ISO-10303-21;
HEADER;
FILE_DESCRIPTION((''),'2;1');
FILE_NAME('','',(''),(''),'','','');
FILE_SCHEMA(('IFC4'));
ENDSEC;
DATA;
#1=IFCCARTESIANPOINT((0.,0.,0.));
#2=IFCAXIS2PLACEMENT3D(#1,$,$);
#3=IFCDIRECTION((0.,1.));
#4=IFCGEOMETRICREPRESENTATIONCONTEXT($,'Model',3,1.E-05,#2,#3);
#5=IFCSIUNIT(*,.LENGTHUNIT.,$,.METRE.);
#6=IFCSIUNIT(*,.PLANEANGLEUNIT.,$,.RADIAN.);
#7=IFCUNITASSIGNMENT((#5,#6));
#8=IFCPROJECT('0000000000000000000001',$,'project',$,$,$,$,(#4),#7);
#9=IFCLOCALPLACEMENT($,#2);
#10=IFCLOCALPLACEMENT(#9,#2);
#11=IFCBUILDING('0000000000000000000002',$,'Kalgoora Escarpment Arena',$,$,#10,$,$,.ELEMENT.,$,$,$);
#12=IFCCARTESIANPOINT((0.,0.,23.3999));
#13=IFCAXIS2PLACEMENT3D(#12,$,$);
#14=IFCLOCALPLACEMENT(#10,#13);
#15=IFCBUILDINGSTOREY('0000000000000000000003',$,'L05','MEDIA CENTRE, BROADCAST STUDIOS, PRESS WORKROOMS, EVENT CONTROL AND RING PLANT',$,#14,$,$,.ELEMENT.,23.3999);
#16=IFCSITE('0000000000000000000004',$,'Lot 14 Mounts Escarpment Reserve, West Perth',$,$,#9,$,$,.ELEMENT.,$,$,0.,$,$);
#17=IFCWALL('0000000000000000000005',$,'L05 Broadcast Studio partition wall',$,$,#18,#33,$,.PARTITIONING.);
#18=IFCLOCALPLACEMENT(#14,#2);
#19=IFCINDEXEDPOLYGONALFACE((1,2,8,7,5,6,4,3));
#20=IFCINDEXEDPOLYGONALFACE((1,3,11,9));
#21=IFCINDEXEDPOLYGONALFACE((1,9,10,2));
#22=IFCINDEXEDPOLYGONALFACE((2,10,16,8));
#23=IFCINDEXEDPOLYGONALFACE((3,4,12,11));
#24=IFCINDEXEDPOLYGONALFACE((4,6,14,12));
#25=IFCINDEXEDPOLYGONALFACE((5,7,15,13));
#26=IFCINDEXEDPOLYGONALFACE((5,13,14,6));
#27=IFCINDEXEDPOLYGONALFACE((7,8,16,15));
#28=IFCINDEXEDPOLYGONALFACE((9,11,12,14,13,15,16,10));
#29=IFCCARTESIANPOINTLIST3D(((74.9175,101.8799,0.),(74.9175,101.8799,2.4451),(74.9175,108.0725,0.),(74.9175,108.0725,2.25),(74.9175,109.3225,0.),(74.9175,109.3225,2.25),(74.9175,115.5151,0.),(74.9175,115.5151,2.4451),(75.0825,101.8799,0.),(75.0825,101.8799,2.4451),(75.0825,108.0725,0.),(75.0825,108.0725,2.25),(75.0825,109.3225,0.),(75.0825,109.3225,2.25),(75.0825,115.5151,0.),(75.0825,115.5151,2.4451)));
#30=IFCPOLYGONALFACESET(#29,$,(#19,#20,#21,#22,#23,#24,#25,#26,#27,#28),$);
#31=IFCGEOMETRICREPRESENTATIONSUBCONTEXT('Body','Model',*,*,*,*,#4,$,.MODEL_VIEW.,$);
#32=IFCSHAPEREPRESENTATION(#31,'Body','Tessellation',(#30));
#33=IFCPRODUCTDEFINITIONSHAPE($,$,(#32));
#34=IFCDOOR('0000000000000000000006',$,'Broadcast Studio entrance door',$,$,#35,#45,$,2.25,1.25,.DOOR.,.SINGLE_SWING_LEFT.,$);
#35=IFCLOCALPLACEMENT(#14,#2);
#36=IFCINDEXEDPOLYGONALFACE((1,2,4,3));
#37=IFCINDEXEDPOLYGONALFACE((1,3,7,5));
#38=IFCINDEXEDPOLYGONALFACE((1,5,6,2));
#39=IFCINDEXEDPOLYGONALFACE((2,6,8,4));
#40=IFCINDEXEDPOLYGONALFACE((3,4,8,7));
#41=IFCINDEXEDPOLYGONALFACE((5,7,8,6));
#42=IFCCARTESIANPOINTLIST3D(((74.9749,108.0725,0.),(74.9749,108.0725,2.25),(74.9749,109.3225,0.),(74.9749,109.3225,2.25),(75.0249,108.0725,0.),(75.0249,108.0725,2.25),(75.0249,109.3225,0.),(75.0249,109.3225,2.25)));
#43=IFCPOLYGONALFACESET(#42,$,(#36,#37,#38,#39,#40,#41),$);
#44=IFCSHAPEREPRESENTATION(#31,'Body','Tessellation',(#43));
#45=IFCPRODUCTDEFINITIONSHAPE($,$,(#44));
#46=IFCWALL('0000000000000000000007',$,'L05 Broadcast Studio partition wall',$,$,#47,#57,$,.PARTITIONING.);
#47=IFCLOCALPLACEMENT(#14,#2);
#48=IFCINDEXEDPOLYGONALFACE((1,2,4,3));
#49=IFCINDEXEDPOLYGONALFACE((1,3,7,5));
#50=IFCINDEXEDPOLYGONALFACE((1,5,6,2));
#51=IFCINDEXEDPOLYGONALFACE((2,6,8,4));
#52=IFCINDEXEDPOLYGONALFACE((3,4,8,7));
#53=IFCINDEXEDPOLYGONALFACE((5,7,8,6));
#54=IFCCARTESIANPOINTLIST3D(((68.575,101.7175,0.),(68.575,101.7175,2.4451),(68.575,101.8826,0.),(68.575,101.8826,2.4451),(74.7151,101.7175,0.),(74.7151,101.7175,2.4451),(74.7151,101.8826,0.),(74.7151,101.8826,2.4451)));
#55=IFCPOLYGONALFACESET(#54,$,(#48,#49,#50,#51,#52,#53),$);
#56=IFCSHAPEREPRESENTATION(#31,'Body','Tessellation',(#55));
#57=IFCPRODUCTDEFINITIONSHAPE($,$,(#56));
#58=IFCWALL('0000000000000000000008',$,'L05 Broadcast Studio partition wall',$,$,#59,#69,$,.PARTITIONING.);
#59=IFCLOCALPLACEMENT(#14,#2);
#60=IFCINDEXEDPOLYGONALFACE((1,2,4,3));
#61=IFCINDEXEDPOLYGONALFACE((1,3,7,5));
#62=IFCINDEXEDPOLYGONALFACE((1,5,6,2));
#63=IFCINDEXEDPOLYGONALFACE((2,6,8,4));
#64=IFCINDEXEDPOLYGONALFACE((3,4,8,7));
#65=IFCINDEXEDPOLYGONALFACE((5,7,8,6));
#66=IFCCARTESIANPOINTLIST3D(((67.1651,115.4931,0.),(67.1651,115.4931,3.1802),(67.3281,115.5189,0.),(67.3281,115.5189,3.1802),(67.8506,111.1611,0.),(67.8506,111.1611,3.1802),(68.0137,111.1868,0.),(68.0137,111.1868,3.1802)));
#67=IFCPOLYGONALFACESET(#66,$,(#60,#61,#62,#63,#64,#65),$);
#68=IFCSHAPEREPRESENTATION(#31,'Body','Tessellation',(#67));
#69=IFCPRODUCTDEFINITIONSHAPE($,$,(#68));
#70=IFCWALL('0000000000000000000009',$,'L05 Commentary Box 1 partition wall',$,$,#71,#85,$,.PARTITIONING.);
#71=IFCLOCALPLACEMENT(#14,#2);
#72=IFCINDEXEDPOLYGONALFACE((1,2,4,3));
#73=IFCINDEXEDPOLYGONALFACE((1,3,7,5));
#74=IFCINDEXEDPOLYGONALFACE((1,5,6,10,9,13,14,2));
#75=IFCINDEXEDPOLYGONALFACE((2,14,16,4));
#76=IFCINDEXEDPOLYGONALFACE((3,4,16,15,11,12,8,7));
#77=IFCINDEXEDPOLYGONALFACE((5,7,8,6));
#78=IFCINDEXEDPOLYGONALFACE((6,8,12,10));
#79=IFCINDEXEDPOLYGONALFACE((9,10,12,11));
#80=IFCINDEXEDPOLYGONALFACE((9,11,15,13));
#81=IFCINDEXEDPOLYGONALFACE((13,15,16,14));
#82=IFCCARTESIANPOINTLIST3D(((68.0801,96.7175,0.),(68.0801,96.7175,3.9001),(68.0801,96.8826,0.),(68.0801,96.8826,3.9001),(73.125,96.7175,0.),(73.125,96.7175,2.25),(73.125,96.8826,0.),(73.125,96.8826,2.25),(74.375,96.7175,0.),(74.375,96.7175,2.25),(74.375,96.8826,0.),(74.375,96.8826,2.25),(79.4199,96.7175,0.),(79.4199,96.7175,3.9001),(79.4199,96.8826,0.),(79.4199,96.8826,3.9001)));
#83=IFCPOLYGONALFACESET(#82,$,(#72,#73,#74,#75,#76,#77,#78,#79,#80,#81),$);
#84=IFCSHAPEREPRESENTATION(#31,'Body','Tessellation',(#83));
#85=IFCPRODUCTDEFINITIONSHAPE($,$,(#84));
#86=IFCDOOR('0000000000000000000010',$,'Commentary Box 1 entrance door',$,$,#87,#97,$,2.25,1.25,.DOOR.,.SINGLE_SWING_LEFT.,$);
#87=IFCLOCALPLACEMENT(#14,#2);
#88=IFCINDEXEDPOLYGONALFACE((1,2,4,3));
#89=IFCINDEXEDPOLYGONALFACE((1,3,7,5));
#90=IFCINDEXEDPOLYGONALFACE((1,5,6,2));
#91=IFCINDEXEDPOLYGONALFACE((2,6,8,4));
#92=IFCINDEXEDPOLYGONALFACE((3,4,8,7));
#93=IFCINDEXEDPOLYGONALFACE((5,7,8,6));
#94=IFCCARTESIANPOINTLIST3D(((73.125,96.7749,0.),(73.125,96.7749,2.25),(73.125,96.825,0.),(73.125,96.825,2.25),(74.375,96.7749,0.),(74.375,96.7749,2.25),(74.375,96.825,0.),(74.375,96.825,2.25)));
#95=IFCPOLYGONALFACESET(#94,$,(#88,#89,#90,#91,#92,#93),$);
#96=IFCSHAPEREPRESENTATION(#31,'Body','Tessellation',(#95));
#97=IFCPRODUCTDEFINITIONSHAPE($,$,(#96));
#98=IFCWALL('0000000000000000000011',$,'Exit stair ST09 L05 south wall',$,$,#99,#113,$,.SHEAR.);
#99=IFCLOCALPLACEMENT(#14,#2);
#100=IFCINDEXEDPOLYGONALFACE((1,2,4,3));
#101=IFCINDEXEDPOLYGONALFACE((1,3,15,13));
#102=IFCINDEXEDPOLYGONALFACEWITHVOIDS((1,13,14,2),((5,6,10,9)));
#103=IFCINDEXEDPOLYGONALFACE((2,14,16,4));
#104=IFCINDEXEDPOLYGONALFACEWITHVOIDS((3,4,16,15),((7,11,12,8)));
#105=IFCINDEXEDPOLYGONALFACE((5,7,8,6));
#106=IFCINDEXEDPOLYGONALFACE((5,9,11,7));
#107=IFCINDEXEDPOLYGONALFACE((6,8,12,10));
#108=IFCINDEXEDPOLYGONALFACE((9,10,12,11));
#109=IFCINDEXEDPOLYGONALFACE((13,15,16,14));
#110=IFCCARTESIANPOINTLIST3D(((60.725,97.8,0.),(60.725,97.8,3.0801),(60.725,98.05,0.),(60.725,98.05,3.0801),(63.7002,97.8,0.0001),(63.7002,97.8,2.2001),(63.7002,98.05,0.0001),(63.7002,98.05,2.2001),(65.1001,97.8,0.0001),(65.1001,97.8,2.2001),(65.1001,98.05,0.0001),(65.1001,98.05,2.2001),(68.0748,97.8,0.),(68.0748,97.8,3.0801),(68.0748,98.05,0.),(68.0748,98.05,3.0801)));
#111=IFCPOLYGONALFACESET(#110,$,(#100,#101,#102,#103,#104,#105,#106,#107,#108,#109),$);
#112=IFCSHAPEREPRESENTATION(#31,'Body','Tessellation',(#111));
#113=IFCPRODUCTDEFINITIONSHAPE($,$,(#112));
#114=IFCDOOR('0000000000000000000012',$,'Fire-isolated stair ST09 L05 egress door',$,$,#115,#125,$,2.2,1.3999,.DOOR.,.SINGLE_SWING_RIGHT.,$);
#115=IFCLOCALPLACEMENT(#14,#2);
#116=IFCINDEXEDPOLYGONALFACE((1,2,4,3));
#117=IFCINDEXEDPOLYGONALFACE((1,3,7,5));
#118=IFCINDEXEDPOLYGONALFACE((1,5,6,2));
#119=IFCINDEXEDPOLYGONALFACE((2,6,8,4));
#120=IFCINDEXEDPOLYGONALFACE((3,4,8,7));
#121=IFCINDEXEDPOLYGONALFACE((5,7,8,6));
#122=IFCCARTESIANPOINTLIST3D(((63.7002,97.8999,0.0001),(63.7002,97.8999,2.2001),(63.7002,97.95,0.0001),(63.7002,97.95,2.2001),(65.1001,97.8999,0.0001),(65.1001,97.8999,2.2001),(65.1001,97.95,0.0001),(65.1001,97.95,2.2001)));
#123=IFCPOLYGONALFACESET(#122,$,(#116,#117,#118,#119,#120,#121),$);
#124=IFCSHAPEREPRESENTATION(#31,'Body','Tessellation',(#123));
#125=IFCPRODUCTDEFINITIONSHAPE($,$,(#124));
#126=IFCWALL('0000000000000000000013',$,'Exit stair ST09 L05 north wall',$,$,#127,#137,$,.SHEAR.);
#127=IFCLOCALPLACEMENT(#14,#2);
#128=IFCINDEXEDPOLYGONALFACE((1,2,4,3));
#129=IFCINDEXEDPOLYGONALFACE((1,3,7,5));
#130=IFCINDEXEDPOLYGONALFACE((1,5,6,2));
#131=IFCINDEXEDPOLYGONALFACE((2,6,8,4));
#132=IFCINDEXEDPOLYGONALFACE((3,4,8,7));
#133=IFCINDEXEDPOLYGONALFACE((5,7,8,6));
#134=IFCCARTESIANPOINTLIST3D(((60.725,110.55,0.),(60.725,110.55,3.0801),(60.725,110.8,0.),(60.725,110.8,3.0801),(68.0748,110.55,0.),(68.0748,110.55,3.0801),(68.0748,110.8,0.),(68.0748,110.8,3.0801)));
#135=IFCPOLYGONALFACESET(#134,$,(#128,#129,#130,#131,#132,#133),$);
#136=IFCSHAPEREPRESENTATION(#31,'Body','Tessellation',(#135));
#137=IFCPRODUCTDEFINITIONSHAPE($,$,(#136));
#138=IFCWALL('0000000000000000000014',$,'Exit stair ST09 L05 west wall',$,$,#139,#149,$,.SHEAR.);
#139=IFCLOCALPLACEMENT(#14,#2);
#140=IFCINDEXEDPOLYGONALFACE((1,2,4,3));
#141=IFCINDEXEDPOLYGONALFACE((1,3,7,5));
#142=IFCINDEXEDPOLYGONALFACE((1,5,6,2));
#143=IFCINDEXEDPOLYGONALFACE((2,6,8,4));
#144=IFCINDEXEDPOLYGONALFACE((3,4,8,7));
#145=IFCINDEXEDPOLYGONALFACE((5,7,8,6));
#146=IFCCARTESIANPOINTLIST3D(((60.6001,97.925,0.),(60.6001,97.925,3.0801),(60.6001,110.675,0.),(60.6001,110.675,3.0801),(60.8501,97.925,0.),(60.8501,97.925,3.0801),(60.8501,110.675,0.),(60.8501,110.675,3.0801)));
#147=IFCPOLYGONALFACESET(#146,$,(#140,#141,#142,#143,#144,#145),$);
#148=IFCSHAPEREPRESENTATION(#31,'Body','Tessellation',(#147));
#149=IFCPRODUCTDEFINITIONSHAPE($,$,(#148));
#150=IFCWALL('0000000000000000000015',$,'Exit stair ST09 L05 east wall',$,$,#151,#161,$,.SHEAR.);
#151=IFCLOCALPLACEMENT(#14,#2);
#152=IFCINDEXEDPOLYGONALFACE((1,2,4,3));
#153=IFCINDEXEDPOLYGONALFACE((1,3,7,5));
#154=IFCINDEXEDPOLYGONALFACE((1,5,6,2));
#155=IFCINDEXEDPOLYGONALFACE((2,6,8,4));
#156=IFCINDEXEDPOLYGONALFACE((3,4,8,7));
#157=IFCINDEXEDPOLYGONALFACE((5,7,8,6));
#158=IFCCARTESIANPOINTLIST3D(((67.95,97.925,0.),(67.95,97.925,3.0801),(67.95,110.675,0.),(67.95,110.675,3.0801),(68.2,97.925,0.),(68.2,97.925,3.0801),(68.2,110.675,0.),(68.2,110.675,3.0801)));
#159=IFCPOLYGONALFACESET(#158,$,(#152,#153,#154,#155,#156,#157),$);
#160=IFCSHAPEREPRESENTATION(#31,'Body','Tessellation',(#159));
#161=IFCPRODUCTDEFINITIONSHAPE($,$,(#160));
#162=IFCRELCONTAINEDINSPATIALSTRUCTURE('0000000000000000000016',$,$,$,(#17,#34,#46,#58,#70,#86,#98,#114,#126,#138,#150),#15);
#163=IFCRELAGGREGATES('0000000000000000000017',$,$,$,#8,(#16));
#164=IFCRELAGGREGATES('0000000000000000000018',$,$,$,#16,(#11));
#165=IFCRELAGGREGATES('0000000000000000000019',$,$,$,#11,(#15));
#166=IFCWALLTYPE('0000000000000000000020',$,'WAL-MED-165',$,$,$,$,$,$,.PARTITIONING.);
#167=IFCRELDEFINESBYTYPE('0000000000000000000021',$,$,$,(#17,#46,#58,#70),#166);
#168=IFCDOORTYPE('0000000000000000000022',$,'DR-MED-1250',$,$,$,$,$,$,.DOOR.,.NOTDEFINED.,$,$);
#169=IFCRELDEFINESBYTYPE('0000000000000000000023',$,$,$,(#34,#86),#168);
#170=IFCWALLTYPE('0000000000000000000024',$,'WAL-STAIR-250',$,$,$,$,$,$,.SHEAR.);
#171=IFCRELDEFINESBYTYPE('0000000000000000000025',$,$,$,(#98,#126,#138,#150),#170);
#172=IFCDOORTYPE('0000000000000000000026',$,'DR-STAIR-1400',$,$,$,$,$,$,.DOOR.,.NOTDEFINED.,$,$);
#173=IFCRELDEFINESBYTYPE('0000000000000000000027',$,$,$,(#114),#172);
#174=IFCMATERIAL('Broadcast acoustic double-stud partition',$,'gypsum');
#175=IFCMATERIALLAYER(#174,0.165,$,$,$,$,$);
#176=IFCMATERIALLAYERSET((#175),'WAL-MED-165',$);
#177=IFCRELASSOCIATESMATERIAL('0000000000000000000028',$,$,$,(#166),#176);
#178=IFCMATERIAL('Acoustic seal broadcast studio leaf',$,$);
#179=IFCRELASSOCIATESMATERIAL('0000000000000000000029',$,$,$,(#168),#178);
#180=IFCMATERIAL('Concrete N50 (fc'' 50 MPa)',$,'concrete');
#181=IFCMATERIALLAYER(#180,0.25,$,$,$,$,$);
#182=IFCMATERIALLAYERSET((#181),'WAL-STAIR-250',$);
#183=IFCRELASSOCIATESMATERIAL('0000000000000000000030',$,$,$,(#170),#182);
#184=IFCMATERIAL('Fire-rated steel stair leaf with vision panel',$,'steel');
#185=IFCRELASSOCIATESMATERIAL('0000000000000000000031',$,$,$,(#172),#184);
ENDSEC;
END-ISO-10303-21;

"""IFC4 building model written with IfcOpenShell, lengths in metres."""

from ifc_helpers import new_model, si_unit, direction, frame, frame_2d, origin, place, context, subcontext, project, spatial, rectangle, extrude, material, layer, layer_set, type_object, element, fill, save


model = new_model("IFC4")

# Units and contexts
model_context = context("Model", 3, precision=1e-05, world=origin(), true_north=direction((0.0, 1.0)))
body_context = subcontext(model_context, "Body", "Model", "MODEL_VIEW")
ifc_project = project(units=[si_unit("LENGTHUNIT", "METRE"), si_unit("PLANEANGLEUNIT", "RADIAN")], contexts=[model_context])

# Site, building, storey
site_placement = place(None, origin())
site = spatial("IfcSite", under=ifc_project, at=site_placement, Name="Lot 14 Mounts Escarpment Reserve, West Perth", CompositionType="ELEMENT", RefElevation=0.0)
building_placement = place(site_placement, origin())
building = spatial("IfcBuilding", under=site, at=building_placement, Name="Kalgoora Escarpment Arena", CompositionType="ELEMENT")
storey_placement = place(building_placement, frame((0.0, 0.0, 23.3999)))
storey = spatial("IfcBuildingStorey", under=building, at=storey_placement, Name="L05", Description="MEDIA CENTRE, BROADCAST STUDIOS, PRESS WORKROOMS, EVENT CONTROL AND RING PLANT", CompositionType="ELEMENT", Elevation=23.3999)

# Shared definitions
ifc_material_1 = material(Name="Broadcast acoustic double-stud partition", Category="gypsum")
ifc_layer_1 = layer(ifc_material_1, 0.165)
ifc_layer_set_1 = layer_set([ifc_layer_1], Name="WAL-MED-165")
wall_type_1 = type_object("IfcWallType", Name="WAL-MED-165", PredefinedType="PARTITIONING", material=ifc_layer_set_1)

# Wall, opening, door
wall_1_placement = place(storey_placement, frame((75.0, 115.5151, 0.0), z_axis=(0.0, 0.0, 1.0), x_axis=(0.0, -1.0, 0.0)))
wall_1 = element("IfcWall", 1, at=wall_1_placement, inside=storey, type_object=wall_type_1, Name="L05 Broadcast Studio partition wall", PredefinedType="PARTITIONING", context=body_context, shape_type="SweptSolid", body=[
    extrude(rectangle(XDim=13.6353, YDim=0.165, at=frame_2d((6.8176, 0.0))), origin(), (0.0, 0.0, 1.0), 2.4451),
])
opening_1_placement = place(wall_1_placement, frame((6.1926, 0.0, 0.0)))
opening_1 = element("IfcOpeningElement", 2, at=opening_1_placement, cuts=wall_1, PredefinedType="OPENING", context=body_context, shape_type="SweptSolid", body=[
    extrude(rectangle(XDim=1.25, YDim=2.25, at=frame_2d((0.625, 1.125))), frame((0.0, 0.0925, 0.0), z_axis=(0.0, -1.0, 0.0), x_axis=(1.0, 0.0, 0.0)), (0.0, 0.0, 1.0), 0.1851),
])
ifc_material_2 = material(Name="Acoustic seal broadcast studio leaf")
door_type_1 = type_object("IfcDoorType", Name="DR-MED-1250", OperationType="NOTDEFINED", PredefinedType="DOOR", material=ifc_material_2)
door_1_placement = place(opening_1_placement, origin())
door_1 = element("IfcDoor", 3, at=door_1_placement, inside=storey, type_object=door_type_1, Name="Broadcast Studio entrance door", OperationType="SINGLE_SWING_LEFT", OverallHeight=2.25, OverallWidth=1.25, PredefinedType="DOOR", context=body_context, shape_type="SweptSolid", body=[
    extrude(rectangle(XDim=1.25, YDim=2.25, at=frame_2d((0.625, 1.125))), frame((0.0, 0.0249, 0.0), z_axis=(0.0, -1.0, 0.0), x_axis=(1.0, 0.0, 0.0)), (0.0, 0.0, 1.0), 0.05),
])
fill(opening_1, door_1)

# Walls
wall_2_placement = place(storey_placement, frame((74.7151, 101.8, 0.0), z_axis=(0.0, 0.0, 1.0), x_axis=(-1.0, 0.0, 0.0)))
element("IfcWall", 4, at=wall_2_placement, inside=storey, type_object=wall_type_1, Name="L05 Broadcast Studio partition wall", PredefinedType="PARTITIONING", context=body_context, shape_type="SweptSolid", body=[
    extrude(rectangle(XDim=6.1401, YDim=0.165, at=frame_2d((3.0701, 0.0))), origin(), (0.0, 0.0, 1.0), 2.4451),
])
wall_3_placement = place(storey_placement, frame((67.9321, 111.1741, 0.0), z_axis=(0.0, 0.0, 1.0), x_axis=(-0.156306, 0.987709, 0.0)))
element("IfcWall", 5, at=wall_3_placement, inside=storey, type_object=wall_type_1, Name="L05 Broadcast Studio partition wall", PredefinedType="PARTITIONING", context=body_context, shape_type="SweptSolid", body=[
    extrude(rectangle(XDim=4.386, YDim=0.165, at=frame_2d((2.1929, 0.0))), origin(), (0.0, 0.0, 1.0), 3.1802),
])

# Walls, openings, doors
wall_4_placement = place(storey_placement, frame((68.0801, 96.8, 0.0), z_axis=(0.0, 0.0, 1.0), x_axis=(1.0, 0.0, 0.0)))
wall_4 = element("IfcWall", 6, at=wall_4_placement, inside=storey, type_object=wall_type_1, Name="L05 Commentary Box 1 partition wall", PredefinedType="PARTITIONING", context=body_context, shape_type="SweptSolid", body=[
    extrude(rectangle(XDim=11.3398, YDim=0.165, at=frame_2d((5.6699, 0.0))), origin(), (0.0, 0.0, 1.0), 3.9001),
])
opening_2_placement = place(wall_4_placement, frame((5.0449, 0.0, 0.0)))
opening_2 = element("IfcOpeningElement", 7, at=opening_2_placement, cuts=wall_4, PredefinedType="OPENING", context=body_context, shape_type="SweptSolid", body=[
    extrude(rectangle(XDim=1.25, YDim=2.25, at=frame_2d((0.625, 1.125))), frame((0.0, 0.0925, 0.0), z_axis=(0.0, -1.0, 0.0), x_axis=(1.0, 0.0, 0.0)), (0.0, 0.0, 1.0), 0.1851),
])
door_2_placement = place(opening_2_placement, origin())
door_2 = element("IfcDoor", 8, at=door_2_placement, inside=storey, type_object=door_type_1, Name="Commentary Box 1 entrance door", OperationType="SINGLE_SWING_LEFT", OverallHeight=2.25, OverallWidth=1.25, PredefinedType="DOOR", context=body_context, shape_type="SweptSolid", body=[
    extrude(rectangle(XDim=1.25, YDim=2.25, at=frame_2d((0.625, 1.125))), frame((0.0, 0.0249, 0.0), z_axis=(0.0, -1.0, 0.0), x_axis=(1.0, 0.0, 0.0)), (0.0, 0.0, 1.0), 0.05),
])
fill(opening_2, door_2)
ifc_material_3 = material(Name="Concrete N50 (fc' 50 MPa)", Category="concrete")
ifc_layer_2 = layer(ifc_material_3, 0.25)
ifc_layer_set_2 = layer_set([ifc_layer_2], Name="WAL-STAIR-250")
wall_type_2 = type_object("IfcWallType", Name="WAL-STAIR-250", PredefinedType="SHEAR", material=ifc_layer_set_2)
wall_5_placement = place(storey_placement, frame((60.7251, 97.925, 0.0), z_axis=(0.0, 0.0, 1.0), x_axis=(1.0, 0.0, 0.0)))
wall_5 = element("IfcWall", 9, at=wall_5_placement, inside=storey, type_object=wall_type_2, Name="Exit stair ST09 L05 south wall", PredefinedType="SHEAR", context=body_context, shape_type="SweptSolid", body=[
    extrude(rectangle(XDim=7.3499, YDim=0.25, at=frame_2d((3.6748, 0.0))), origin(), (0.0, 0.0, 1.0), 3.0801),
])
opening_3_placement = place(wall_5_placement, frame((2.9751, 0.0, 0.0)))
opening_3 = element("IfcOpeningElement", 10, at=opening_3_placement, cuts=wall_5, PredefinedType="OPENING", context=body_context, shape_type="SweptSolid", body=[
    extrude(rectangle(XDim=1.3999, YDim=2.2, at=frame_2d((0.7, 1.1001))), frame((0.0, 0.135, 0.0), z_axis=(0.0, -1.0, 0.0), x_axis=(1.0, 0.0, 0.0)), (0.0, 0.0, 1.0), 0.27),
])
ifc_material_4 = material(Name="Fire-rated steel stair leaf with vision panel", Category="steel")
door_type_2 = type_object("IfcDoorType", Name="DR-STAIR-1400", OperationType="NOTDEFINED", PredefinedType="DOOR", material=ifc_material_4)
door_3_placement = place(opening_3_placement, origin())
door_3 = element("IfcDoor", 11, at=door_3_placement, inside=storey, type_object=door_type_2, Name="Fire-isolated stair ST09 L05 egress door", OperationType="SINGLE_SWING_RIGHT", OverallHeight=2.2, OverallWidth=1.3999, PredefinedType="DOOR", context=body_context, shape_type="SweptSolid", body=[
    extrude(rectangle(XDim=1.3999, YDim=2.2, at=frame_2d((0.7, 1.1001))), frame((0.0, 0.0249, 0.0), z_axis=(0.0, -1.0, 0.0), x_axis=(1.0, 0.0, 0.0)), (0.0, 0.0, 1.0), 0.05),
])
fill(opening_3, door_3)

# Walls
wall_6_placement = place(storey_placement, frame((60.7251, 110.675, 0.0), z_axis=(0.0, 0.0, 1.0), x_axis=(1.0, 0.0, 0.0)))
element("IfcWall", 12, at=wall_6_placement, inside=storey, type_object=wall_type_2, Name="Exit stair ST09 L05 north wall", PredefinedType="SHEAR", context=body_context, shape_type="SweptSolid", body=[
    extrude(rectangle(XDim=7.3499, YDim=0.25, at=frame_2d((3.6748, 0.0))), origin(), (0.0, 0.0, 1.0), 3.0801),
])
for number, where, z_axis, x_axis, name in (
    (13, (60.7251, 97.925, 0.0), (0.0, 0.0, 1.0), (0.0, 1.0, 0.0), "Exit stair ST09 L05 west wall"),
    (14, (68.075, 97.925, 0.0), (0.0, 0.0, 1.0), (0.0, 1.0, 0.0), "Exit stair ST09 L05 east wall"),
):
    element("IfcWall", number, at=place(storey_placement, frame(where, z_axis=z_axis, x_axis=x_axis)), inside=storey, type_object=wall_type_2, Name=name, PredefinedType="SHEAR", context=body_context, shape_type="SweptSolid", body=[
        extrude(rectangle(XDim=12.75, YDim=0.25, at=frame_2d((6.375, 0.0))), origin(), (0.0, 0.0, 1.0), 3.0801),
    ])

save(model, "model.ifc")
